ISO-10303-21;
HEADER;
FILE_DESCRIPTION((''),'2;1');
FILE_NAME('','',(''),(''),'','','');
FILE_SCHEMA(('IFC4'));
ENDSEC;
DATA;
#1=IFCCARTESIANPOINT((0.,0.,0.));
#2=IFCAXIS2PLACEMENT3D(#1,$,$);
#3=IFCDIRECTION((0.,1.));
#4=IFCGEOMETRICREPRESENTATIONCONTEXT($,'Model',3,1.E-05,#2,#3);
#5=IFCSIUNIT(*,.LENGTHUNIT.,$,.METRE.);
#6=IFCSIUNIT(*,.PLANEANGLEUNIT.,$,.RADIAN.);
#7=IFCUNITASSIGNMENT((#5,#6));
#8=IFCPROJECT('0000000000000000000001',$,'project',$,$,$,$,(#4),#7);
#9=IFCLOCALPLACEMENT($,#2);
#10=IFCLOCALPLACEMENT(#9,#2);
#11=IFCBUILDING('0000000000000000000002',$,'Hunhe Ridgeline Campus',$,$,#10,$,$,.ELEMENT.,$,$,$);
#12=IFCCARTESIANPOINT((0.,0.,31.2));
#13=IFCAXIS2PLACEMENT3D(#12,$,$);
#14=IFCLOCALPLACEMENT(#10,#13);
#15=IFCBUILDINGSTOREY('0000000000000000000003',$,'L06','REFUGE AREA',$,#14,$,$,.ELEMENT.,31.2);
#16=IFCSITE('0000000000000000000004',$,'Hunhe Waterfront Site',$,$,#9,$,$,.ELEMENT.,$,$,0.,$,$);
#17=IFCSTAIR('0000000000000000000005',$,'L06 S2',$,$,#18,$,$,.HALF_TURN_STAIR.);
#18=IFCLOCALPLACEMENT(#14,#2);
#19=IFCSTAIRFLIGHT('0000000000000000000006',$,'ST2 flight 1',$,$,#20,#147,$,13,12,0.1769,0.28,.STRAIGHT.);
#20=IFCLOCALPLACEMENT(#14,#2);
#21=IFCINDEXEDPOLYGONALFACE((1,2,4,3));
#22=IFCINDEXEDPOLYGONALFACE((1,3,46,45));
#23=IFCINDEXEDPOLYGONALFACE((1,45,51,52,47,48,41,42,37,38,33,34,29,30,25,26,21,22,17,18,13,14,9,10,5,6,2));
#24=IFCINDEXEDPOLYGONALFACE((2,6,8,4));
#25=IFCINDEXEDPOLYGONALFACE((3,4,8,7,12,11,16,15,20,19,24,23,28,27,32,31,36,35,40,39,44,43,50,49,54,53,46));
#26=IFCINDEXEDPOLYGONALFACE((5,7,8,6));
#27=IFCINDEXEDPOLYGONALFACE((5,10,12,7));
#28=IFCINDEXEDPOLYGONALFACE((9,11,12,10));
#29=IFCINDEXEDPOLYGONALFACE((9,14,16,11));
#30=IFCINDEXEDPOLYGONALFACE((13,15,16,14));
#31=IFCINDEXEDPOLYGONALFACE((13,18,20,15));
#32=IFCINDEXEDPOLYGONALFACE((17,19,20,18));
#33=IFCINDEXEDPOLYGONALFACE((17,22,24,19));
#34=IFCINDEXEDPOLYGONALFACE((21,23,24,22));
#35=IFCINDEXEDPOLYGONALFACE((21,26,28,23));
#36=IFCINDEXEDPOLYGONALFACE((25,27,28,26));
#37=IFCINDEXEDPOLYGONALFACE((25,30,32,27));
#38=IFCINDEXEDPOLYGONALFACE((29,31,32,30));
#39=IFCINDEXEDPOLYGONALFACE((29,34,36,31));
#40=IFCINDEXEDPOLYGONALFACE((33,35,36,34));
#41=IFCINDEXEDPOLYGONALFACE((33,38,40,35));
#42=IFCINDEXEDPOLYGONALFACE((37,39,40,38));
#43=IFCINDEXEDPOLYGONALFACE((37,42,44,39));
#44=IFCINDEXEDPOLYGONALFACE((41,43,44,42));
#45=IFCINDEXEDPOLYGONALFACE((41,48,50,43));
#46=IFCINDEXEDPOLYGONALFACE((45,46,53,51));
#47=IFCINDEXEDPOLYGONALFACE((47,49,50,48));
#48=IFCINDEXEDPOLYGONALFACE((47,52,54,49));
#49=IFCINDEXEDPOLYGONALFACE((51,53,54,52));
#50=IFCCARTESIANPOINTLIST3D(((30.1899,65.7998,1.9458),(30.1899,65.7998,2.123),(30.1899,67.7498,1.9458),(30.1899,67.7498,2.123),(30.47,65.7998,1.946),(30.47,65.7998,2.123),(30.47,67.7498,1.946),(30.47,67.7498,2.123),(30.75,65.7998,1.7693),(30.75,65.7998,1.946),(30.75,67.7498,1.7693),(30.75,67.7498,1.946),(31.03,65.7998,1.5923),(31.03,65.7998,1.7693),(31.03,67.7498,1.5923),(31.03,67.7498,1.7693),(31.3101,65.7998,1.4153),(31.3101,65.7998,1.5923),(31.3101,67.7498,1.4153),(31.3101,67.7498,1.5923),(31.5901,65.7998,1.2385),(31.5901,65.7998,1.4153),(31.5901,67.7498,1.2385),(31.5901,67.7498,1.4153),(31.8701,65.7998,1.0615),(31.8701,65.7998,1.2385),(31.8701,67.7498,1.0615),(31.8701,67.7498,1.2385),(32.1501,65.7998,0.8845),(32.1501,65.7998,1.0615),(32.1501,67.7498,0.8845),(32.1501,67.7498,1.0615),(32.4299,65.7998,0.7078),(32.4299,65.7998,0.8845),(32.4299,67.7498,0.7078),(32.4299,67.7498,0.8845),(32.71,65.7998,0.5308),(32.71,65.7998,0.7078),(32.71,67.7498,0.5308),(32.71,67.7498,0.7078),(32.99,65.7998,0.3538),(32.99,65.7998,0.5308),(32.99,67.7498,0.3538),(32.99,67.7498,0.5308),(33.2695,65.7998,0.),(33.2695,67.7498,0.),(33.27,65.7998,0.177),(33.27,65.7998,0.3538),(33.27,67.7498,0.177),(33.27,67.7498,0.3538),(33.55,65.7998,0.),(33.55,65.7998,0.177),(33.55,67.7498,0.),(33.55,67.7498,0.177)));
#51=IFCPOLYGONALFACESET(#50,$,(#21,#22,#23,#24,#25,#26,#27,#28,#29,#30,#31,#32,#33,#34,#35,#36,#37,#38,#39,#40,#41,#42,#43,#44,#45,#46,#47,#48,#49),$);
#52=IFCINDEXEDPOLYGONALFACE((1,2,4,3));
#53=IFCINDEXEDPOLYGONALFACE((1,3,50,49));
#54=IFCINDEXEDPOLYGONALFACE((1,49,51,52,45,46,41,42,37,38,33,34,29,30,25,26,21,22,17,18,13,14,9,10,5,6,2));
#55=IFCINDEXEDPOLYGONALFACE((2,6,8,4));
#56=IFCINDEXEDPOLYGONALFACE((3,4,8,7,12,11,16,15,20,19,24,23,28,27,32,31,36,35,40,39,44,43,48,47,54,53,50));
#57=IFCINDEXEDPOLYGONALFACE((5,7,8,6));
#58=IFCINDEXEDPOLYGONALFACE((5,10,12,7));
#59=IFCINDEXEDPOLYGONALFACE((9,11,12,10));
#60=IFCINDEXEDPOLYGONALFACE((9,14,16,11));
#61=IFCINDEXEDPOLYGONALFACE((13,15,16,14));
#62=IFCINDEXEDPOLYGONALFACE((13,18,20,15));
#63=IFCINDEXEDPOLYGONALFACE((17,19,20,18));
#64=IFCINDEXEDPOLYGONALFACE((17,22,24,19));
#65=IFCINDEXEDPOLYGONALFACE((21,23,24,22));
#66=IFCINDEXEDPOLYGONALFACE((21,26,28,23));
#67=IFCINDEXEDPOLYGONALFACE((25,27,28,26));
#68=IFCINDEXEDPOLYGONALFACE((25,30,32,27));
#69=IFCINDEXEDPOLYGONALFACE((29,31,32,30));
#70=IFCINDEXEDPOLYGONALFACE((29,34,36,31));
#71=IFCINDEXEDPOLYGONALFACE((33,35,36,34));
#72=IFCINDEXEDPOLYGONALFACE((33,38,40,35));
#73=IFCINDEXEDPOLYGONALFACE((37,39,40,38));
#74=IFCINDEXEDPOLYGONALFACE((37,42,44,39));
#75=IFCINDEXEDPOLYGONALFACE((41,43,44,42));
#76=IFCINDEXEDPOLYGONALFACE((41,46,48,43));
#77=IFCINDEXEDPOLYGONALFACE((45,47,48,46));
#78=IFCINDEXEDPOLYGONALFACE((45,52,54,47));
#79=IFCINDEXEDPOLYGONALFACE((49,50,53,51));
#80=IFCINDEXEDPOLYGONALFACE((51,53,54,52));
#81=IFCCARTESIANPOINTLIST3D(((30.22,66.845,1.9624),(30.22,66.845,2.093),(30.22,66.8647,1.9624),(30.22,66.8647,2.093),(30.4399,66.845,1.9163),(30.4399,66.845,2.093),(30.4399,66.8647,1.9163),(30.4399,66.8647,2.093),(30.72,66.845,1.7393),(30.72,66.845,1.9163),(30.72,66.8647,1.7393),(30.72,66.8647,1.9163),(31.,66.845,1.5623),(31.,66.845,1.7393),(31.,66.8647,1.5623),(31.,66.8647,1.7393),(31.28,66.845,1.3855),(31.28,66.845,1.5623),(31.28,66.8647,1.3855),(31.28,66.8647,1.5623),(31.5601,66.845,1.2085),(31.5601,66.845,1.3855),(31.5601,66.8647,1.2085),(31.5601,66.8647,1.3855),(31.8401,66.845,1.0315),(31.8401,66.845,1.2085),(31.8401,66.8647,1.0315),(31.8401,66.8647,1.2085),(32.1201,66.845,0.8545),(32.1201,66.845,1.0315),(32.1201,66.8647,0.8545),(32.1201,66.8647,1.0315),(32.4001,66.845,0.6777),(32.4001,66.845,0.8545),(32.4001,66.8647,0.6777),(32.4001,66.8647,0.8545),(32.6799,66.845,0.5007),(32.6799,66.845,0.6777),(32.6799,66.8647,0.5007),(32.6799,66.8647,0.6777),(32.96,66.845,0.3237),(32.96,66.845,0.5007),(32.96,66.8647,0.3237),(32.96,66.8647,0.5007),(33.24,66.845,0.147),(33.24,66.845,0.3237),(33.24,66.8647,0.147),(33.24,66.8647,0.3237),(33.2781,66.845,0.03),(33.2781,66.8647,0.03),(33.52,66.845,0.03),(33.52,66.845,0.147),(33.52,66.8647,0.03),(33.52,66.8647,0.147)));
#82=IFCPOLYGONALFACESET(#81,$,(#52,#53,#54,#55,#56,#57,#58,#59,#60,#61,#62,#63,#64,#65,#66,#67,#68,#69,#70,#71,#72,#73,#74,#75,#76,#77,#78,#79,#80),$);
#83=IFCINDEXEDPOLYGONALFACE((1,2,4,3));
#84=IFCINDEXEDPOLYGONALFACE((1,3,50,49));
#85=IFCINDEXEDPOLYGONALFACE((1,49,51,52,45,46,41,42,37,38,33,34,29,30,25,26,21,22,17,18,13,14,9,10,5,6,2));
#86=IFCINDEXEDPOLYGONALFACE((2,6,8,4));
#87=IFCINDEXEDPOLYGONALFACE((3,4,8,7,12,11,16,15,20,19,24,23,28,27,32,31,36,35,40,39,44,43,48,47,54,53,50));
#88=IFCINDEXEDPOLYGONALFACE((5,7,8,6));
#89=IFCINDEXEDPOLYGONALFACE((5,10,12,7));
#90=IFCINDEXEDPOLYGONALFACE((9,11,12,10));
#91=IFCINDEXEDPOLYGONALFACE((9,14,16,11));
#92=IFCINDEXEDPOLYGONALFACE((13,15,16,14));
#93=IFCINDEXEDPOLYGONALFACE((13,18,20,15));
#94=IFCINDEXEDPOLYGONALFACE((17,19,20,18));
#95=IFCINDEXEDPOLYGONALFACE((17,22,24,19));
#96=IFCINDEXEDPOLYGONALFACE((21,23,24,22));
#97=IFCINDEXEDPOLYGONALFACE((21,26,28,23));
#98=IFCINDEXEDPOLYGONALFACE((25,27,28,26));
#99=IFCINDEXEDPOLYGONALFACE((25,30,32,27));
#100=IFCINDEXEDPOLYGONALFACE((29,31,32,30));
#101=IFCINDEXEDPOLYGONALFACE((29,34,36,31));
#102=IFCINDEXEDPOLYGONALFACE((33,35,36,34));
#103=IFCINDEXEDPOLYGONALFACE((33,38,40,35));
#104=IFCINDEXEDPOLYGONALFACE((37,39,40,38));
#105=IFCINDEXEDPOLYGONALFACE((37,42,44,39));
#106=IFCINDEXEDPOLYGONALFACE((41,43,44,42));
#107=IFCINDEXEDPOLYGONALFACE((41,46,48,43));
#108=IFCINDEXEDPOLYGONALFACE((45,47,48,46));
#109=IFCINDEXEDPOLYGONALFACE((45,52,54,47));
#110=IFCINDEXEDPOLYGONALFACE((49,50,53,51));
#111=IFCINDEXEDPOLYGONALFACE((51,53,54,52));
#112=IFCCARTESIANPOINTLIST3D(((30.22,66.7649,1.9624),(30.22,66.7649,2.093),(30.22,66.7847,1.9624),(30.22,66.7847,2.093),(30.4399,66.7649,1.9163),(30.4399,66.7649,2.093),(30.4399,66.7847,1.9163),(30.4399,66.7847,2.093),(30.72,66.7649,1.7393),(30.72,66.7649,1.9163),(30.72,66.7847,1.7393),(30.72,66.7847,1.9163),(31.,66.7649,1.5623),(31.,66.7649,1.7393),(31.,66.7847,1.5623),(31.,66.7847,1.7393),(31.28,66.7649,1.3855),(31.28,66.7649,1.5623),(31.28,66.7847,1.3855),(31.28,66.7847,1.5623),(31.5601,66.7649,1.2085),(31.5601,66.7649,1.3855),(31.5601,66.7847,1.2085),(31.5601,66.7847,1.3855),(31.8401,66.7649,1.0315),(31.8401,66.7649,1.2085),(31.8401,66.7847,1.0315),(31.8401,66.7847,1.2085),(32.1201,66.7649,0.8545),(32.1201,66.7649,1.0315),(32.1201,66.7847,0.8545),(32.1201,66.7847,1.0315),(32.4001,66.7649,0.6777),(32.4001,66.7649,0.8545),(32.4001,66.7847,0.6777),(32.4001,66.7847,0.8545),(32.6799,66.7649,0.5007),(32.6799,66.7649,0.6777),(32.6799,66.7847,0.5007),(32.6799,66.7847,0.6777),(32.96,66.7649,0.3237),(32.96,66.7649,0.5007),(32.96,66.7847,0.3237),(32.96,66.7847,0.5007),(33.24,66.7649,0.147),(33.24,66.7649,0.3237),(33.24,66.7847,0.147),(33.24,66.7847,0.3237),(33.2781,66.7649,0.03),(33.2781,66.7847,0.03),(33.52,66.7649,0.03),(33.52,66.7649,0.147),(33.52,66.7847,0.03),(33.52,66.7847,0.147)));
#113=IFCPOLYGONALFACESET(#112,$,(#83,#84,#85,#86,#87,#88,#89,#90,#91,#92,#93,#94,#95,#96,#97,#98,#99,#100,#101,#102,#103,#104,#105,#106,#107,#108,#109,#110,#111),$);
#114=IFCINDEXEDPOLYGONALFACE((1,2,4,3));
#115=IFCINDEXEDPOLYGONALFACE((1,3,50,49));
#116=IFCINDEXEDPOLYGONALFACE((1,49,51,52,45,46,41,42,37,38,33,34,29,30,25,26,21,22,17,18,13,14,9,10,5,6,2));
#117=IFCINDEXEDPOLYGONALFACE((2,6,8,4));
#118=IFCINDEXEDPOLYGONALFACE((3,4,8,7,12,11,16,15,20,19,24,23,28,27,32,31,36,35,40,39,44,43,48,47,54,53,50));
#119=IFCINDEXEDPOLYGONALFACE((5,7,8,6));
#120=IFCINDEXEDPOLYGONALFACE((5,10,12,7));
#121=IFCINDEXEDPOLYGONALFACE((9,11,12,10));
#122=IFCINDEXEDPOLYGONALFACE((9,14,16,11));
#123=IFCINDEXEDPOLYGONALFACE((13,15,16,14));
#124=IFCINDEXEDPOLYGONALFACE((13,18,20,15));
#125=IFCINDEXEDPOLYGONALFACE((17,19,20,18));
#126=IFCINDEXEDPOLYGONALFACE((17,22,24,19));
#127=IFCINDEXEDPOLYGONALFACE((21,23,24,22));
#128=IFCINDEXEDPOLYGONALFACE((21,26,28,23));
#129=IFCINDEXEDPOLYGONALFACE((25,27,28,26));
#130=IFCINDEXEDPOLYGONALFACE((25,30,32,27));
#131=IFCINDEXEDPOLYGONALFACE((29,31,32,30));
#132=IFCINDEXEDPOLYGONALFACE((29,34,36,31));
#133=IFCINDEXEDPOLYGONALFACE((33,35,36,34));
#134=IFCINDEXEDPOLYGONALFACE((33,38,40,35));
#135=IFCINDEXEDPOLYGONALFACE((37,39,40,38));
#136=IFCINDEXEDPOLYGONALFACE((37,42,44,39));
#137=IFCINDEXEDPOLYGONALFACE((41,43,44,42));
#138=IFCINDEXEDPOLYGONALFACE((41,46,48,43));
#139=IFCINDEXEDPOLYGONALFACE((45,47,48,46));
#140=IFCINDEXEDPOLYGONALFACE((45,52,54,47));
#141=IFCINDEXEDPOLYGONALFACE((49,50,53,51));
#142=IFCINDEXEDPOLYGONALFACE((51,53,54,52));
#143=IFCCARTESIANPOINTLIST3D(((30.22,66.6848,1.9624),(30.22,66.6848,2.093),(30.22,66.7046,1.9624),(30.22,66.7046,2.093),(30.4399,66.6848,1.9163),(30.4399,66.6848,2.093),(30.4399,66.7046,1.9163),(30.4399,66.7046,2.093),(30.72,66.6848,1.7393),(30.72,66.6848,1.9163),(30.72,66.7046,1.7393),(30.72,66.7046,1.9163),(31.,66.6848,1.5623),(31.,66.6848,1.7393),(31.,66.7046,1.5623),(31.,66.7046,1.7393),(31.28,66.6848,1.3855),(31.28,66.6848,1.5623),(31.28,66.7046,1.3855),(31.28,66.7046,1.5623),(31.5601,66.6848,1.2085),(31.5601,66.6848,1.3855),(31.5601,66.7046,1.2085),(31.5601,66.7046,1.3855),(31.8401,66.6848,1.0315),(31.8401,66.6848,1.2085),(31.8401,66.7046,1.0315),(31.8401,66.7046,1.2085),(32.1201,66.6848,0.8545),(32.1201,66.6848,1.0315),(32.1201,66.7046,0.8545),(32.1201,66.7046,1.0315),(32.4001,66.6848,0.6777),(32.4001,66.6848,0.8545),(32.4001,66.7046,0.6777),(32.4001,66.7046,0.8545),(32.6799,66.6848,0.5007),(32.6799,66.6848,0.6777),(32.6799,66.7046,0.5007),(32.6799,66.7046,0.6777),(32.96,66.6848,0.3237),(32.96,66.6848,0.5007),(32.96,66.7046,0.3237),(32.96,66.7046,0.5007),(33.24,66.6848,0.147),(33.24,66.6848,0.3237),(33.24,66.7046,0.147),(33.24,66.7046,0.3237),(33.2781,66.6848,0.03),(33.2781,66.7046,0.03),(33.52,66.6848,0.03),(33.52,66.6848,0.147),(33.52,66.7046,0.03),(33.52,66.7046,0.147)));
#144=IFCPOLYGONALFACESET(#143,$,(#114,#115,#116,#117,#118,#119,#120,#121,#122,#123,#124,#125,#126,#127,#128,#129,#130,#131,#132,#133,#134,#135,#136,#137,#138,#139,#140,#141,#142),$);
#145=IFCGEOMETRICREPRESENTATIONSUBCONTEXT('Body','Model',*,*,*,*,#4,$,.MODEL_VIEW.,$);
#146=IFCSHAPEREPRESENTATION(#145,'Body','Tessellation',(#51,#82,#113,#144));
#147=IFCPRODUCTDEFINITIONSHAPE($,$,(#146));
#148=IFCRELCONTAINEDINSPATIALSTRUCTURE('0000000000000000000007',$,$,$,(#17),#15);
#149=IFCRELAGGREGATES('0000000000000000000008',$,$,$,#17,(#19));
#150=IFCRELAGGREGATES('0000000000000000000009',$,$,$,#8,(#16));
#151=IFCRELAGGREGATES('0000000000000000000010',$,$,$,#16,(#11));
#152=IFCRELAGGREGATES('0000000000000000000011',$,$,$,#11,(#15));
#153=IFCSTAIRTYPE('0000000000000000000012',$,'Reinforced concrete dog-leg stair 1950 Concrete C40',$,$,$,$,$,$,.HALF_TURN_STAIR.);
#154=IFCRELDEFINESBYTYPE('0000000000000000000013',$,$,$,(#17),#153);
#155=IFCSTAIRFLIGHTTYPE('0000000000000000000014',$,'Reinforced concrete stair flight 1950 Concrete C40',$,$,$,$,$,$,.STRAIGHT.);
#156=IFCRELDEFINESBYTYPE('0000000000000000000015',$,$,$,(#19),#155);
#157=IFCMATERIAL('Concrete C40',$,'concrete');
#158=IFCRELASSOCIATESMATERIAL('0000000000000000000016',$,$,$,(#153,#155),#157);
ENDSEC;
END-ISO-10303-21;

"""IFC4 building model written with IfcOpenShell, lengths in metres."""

from ifc_helpers import new_model, si_unit, direction, frame, origin, place, context, subcontext, project, spatial, polyline, outline, extrude, material, type_object, element, aggregate, save


model = new_model("IFC4")

# Units and contexts
model_context = context("Model", 3, precision=1e-05, world=origin(), true_north=direction((0.0, 1.0)))
body_context = subcontext(model_context, "Body", "Model", "MODEL_VIEW")
ifc_project = project(units=[si_unit("LENGTHUNIT", "METRE"), si_unit("PLANEANGLEUNIT", "RADIAN")], contexts=[model_context])

# Site, building, storey
site_placement = place(None, origin())
site = spatial("IfcSite", under=ifc_project, at=site_placement, Name="Hunhe Waterfront Site", CompositionType="ELEMENT", RefElevation=0.0)
building_placement = place(site_placement, origin())
building = spatial("IfcBuilding", under=site, at=building_placement, Name="Hunhe Ridgeline Campus", CompositionType="ELEMENT")
storey_placement = place(building_placement, frame((0.0, 0.0, 31.2)))
storey = spatial("IfcBuildingStorey", under=building, at=storey_placement, Name="L06", Description="REFUGE AREA", CompositionType="ELEMENT", Elevation=31.2)

# Stair, stair flight
ifc_material_1 = material(Name="Concrete C40", Category="concrete")
stair_type = type_object("IfcStairType", Name="Reinforced concrete dog-leg stair 1950 Concrete C40", PredefinedType="HALF_TURN_STAIR", material=ifc_material_1)
stair_placement = place(storey_placement, origin())
stair = element("IfcStair", 1, at=stair_placement, inside=storey, type_object=stair_type, Name="L06 S2", PredefinedType="HALF_TURN_STAIR")
stair_flight_type = type_object("IfcStairFlightType", Name="Reinforced concrete stair flight 1950 Concrete C40", PredefinedType="STRAIGHT", material=ifc_material_1)
stair_flight_1_placement = place(storey_placement, frame((33.55, 66.7749, 0.0), z_axis=(0.0, 0.0, 1.0), x_axis=(-1.0, 0.0, 0.0)))
stair_flight_1 = element("IfcStairFlight", 2, at=stair_flight_1_placement, type_object=stair_flight_type, Name="ST2 flight 1", NumberOfRisers=13, NumberOfTreads=12, PredefinedType="STRAIGHT", RiserHeight=0.1769, TreadLength=0.28, context=body_context, shape_type="SweptSolid", body=[
    extrude(outline(polyline([(0.0, 0.0), (0.0, 0.177), (0.28, 0.177), (0.28, 0.3538), (0.5601, 0.3538), (0.5601, 0.5308), (0.8401, 0.5308), (0.8401, 0.7078), (1.1201, 0.7078), (1.1201, 0.8845), (1.3999, 0.8845), (1.3999, 1.0615), (1.6799, 1.0615), (1.6799, 1.2385), (1.96, 1.2385), (1.96, 1.4153), (2.24, 1.4153), (2.24, 1.5923), (2.52, 1.5923), (2.52, 1.7693), (2.8, 1.7693), (2.8, 1.946), (3.0801, 1.946), (3.0801, 2.123), (3.3601, 2.123), (3.3601, 2.3), (3.3601, 1.9458), (0.2805, 0.0), (0.0, 0.0)])), frame((0.0, 0.9751, 0.0), z_axis=(0.0, -1.0, 0.0), x_axis=(1.0, 0.0, 0.0)), (0.0, 0.0, 1.0), 1.95),
    extrude(outline(polyline([(0.03, 0.03), (0.03, 0.147), (0.3101, 0.147), (0.3101, 0.3237), (0.5901, 0.3237), (0.5901, 0.5007), (0.8701, 0.5007), (0.8701, 0.6777), (1.1499, 0.6777), (1.1499, 0.8545), (1.4299, 0.8545), (1.4299, 1.0315), (1.71, 1.0315), (1.71, 1.2085), (1.99, 1.2085), (1.99, 1.3855), (2.27, 1.3855), (2.27, 1.5623), (2.55, 1.5623), (2.55, 1.7393), (2.8301, 1.7393), (2.8301, 1.9163), (3.1101, 1.9163), (3.1101, 2.093), (3.3301, 2.093), (3.3301, 1.9624), (0.272, 0.03), (0.03, 0.03)])), frame((0.0, -0.0701, 0.0), z_axis=(0.0, -1.0, 0.0), x_axis=(1.0, 0.0, 0.0)), (0.0, 0.0, 1.0), 0.0198),
    extrude(outline(polyline([(0.03, 0.03), (0.03, 0.147), (0.3101, 0.147), (0.3101, 0.3237), (0.5901, 0.3237), (0.5901, 0.5007), (0.8701, 0.5007), (0.8701, 0.6777), (1.1499, 0.6777), (1.1499, 0.8545), (1.4299, 0.8545), (1.4299, 1.0315), (1.71, 1.0315), (1.71, 1.2085), (1.99, 1.2085), (1.99, 1.3855), (2.27, 1.3855), (2.27, 1.5623), (2.55, 1.5623), (2.55, 1.7393), (2.8301, 1.7393), (2.8301, 1.9163), (3.1101, 1.9163), (3.1101, 2.093), (3.3301, 2.093), (3.3301, 1.9624), (0.272, 0.03), (0.03, 0.03)])), frame((0.0, 0.01, 0.0), z_axis=(0.0, -1.0, 0.0), x_axis=(1.0, 0.0, 0.0)), (0.0, 0.0, 1.0), 0.0198),
    extrude(outline(polyline([(0.03, 0.03), (0.03, 0.147), (0.3101, 0.147), (0.3101, 0.3237), (0.5901, 0.3237), (0.5901, 0.5007), (0.8701, 0.5007), (0.8701, 0.6777), (1.1499, 0.6777), (1.1499, 0.8545), (1.4299, 0.8545), (1.4299, 1.0315), (1.71, 1.0315), (1.71, 1.2085), (1.99, 1.2085), (1.99, 1.3855), (2.27, 1.3855), (2.27, 1.5623), (2.55, 1.5623), (2.55, 1.7393), (2.8301, 1.7393), (2.8301, 1.9163), (3.1101, 1.9163), (3.1101, 2.093), (3.3301, 2.093), (3.3301, 1.9624), (0.272, 0.03), (0.03, 0.03)])), frame((0.0, 0.0901, 0.0), z_axis=(0.0, -1.0, 0.0), x_axis=(1.0, 0.0, 0.0)), (0.0, 0.0, 1.0), 0.0198),
])
aggregate(stair, [stair_flight_1])

save(model, "model.ifc")
